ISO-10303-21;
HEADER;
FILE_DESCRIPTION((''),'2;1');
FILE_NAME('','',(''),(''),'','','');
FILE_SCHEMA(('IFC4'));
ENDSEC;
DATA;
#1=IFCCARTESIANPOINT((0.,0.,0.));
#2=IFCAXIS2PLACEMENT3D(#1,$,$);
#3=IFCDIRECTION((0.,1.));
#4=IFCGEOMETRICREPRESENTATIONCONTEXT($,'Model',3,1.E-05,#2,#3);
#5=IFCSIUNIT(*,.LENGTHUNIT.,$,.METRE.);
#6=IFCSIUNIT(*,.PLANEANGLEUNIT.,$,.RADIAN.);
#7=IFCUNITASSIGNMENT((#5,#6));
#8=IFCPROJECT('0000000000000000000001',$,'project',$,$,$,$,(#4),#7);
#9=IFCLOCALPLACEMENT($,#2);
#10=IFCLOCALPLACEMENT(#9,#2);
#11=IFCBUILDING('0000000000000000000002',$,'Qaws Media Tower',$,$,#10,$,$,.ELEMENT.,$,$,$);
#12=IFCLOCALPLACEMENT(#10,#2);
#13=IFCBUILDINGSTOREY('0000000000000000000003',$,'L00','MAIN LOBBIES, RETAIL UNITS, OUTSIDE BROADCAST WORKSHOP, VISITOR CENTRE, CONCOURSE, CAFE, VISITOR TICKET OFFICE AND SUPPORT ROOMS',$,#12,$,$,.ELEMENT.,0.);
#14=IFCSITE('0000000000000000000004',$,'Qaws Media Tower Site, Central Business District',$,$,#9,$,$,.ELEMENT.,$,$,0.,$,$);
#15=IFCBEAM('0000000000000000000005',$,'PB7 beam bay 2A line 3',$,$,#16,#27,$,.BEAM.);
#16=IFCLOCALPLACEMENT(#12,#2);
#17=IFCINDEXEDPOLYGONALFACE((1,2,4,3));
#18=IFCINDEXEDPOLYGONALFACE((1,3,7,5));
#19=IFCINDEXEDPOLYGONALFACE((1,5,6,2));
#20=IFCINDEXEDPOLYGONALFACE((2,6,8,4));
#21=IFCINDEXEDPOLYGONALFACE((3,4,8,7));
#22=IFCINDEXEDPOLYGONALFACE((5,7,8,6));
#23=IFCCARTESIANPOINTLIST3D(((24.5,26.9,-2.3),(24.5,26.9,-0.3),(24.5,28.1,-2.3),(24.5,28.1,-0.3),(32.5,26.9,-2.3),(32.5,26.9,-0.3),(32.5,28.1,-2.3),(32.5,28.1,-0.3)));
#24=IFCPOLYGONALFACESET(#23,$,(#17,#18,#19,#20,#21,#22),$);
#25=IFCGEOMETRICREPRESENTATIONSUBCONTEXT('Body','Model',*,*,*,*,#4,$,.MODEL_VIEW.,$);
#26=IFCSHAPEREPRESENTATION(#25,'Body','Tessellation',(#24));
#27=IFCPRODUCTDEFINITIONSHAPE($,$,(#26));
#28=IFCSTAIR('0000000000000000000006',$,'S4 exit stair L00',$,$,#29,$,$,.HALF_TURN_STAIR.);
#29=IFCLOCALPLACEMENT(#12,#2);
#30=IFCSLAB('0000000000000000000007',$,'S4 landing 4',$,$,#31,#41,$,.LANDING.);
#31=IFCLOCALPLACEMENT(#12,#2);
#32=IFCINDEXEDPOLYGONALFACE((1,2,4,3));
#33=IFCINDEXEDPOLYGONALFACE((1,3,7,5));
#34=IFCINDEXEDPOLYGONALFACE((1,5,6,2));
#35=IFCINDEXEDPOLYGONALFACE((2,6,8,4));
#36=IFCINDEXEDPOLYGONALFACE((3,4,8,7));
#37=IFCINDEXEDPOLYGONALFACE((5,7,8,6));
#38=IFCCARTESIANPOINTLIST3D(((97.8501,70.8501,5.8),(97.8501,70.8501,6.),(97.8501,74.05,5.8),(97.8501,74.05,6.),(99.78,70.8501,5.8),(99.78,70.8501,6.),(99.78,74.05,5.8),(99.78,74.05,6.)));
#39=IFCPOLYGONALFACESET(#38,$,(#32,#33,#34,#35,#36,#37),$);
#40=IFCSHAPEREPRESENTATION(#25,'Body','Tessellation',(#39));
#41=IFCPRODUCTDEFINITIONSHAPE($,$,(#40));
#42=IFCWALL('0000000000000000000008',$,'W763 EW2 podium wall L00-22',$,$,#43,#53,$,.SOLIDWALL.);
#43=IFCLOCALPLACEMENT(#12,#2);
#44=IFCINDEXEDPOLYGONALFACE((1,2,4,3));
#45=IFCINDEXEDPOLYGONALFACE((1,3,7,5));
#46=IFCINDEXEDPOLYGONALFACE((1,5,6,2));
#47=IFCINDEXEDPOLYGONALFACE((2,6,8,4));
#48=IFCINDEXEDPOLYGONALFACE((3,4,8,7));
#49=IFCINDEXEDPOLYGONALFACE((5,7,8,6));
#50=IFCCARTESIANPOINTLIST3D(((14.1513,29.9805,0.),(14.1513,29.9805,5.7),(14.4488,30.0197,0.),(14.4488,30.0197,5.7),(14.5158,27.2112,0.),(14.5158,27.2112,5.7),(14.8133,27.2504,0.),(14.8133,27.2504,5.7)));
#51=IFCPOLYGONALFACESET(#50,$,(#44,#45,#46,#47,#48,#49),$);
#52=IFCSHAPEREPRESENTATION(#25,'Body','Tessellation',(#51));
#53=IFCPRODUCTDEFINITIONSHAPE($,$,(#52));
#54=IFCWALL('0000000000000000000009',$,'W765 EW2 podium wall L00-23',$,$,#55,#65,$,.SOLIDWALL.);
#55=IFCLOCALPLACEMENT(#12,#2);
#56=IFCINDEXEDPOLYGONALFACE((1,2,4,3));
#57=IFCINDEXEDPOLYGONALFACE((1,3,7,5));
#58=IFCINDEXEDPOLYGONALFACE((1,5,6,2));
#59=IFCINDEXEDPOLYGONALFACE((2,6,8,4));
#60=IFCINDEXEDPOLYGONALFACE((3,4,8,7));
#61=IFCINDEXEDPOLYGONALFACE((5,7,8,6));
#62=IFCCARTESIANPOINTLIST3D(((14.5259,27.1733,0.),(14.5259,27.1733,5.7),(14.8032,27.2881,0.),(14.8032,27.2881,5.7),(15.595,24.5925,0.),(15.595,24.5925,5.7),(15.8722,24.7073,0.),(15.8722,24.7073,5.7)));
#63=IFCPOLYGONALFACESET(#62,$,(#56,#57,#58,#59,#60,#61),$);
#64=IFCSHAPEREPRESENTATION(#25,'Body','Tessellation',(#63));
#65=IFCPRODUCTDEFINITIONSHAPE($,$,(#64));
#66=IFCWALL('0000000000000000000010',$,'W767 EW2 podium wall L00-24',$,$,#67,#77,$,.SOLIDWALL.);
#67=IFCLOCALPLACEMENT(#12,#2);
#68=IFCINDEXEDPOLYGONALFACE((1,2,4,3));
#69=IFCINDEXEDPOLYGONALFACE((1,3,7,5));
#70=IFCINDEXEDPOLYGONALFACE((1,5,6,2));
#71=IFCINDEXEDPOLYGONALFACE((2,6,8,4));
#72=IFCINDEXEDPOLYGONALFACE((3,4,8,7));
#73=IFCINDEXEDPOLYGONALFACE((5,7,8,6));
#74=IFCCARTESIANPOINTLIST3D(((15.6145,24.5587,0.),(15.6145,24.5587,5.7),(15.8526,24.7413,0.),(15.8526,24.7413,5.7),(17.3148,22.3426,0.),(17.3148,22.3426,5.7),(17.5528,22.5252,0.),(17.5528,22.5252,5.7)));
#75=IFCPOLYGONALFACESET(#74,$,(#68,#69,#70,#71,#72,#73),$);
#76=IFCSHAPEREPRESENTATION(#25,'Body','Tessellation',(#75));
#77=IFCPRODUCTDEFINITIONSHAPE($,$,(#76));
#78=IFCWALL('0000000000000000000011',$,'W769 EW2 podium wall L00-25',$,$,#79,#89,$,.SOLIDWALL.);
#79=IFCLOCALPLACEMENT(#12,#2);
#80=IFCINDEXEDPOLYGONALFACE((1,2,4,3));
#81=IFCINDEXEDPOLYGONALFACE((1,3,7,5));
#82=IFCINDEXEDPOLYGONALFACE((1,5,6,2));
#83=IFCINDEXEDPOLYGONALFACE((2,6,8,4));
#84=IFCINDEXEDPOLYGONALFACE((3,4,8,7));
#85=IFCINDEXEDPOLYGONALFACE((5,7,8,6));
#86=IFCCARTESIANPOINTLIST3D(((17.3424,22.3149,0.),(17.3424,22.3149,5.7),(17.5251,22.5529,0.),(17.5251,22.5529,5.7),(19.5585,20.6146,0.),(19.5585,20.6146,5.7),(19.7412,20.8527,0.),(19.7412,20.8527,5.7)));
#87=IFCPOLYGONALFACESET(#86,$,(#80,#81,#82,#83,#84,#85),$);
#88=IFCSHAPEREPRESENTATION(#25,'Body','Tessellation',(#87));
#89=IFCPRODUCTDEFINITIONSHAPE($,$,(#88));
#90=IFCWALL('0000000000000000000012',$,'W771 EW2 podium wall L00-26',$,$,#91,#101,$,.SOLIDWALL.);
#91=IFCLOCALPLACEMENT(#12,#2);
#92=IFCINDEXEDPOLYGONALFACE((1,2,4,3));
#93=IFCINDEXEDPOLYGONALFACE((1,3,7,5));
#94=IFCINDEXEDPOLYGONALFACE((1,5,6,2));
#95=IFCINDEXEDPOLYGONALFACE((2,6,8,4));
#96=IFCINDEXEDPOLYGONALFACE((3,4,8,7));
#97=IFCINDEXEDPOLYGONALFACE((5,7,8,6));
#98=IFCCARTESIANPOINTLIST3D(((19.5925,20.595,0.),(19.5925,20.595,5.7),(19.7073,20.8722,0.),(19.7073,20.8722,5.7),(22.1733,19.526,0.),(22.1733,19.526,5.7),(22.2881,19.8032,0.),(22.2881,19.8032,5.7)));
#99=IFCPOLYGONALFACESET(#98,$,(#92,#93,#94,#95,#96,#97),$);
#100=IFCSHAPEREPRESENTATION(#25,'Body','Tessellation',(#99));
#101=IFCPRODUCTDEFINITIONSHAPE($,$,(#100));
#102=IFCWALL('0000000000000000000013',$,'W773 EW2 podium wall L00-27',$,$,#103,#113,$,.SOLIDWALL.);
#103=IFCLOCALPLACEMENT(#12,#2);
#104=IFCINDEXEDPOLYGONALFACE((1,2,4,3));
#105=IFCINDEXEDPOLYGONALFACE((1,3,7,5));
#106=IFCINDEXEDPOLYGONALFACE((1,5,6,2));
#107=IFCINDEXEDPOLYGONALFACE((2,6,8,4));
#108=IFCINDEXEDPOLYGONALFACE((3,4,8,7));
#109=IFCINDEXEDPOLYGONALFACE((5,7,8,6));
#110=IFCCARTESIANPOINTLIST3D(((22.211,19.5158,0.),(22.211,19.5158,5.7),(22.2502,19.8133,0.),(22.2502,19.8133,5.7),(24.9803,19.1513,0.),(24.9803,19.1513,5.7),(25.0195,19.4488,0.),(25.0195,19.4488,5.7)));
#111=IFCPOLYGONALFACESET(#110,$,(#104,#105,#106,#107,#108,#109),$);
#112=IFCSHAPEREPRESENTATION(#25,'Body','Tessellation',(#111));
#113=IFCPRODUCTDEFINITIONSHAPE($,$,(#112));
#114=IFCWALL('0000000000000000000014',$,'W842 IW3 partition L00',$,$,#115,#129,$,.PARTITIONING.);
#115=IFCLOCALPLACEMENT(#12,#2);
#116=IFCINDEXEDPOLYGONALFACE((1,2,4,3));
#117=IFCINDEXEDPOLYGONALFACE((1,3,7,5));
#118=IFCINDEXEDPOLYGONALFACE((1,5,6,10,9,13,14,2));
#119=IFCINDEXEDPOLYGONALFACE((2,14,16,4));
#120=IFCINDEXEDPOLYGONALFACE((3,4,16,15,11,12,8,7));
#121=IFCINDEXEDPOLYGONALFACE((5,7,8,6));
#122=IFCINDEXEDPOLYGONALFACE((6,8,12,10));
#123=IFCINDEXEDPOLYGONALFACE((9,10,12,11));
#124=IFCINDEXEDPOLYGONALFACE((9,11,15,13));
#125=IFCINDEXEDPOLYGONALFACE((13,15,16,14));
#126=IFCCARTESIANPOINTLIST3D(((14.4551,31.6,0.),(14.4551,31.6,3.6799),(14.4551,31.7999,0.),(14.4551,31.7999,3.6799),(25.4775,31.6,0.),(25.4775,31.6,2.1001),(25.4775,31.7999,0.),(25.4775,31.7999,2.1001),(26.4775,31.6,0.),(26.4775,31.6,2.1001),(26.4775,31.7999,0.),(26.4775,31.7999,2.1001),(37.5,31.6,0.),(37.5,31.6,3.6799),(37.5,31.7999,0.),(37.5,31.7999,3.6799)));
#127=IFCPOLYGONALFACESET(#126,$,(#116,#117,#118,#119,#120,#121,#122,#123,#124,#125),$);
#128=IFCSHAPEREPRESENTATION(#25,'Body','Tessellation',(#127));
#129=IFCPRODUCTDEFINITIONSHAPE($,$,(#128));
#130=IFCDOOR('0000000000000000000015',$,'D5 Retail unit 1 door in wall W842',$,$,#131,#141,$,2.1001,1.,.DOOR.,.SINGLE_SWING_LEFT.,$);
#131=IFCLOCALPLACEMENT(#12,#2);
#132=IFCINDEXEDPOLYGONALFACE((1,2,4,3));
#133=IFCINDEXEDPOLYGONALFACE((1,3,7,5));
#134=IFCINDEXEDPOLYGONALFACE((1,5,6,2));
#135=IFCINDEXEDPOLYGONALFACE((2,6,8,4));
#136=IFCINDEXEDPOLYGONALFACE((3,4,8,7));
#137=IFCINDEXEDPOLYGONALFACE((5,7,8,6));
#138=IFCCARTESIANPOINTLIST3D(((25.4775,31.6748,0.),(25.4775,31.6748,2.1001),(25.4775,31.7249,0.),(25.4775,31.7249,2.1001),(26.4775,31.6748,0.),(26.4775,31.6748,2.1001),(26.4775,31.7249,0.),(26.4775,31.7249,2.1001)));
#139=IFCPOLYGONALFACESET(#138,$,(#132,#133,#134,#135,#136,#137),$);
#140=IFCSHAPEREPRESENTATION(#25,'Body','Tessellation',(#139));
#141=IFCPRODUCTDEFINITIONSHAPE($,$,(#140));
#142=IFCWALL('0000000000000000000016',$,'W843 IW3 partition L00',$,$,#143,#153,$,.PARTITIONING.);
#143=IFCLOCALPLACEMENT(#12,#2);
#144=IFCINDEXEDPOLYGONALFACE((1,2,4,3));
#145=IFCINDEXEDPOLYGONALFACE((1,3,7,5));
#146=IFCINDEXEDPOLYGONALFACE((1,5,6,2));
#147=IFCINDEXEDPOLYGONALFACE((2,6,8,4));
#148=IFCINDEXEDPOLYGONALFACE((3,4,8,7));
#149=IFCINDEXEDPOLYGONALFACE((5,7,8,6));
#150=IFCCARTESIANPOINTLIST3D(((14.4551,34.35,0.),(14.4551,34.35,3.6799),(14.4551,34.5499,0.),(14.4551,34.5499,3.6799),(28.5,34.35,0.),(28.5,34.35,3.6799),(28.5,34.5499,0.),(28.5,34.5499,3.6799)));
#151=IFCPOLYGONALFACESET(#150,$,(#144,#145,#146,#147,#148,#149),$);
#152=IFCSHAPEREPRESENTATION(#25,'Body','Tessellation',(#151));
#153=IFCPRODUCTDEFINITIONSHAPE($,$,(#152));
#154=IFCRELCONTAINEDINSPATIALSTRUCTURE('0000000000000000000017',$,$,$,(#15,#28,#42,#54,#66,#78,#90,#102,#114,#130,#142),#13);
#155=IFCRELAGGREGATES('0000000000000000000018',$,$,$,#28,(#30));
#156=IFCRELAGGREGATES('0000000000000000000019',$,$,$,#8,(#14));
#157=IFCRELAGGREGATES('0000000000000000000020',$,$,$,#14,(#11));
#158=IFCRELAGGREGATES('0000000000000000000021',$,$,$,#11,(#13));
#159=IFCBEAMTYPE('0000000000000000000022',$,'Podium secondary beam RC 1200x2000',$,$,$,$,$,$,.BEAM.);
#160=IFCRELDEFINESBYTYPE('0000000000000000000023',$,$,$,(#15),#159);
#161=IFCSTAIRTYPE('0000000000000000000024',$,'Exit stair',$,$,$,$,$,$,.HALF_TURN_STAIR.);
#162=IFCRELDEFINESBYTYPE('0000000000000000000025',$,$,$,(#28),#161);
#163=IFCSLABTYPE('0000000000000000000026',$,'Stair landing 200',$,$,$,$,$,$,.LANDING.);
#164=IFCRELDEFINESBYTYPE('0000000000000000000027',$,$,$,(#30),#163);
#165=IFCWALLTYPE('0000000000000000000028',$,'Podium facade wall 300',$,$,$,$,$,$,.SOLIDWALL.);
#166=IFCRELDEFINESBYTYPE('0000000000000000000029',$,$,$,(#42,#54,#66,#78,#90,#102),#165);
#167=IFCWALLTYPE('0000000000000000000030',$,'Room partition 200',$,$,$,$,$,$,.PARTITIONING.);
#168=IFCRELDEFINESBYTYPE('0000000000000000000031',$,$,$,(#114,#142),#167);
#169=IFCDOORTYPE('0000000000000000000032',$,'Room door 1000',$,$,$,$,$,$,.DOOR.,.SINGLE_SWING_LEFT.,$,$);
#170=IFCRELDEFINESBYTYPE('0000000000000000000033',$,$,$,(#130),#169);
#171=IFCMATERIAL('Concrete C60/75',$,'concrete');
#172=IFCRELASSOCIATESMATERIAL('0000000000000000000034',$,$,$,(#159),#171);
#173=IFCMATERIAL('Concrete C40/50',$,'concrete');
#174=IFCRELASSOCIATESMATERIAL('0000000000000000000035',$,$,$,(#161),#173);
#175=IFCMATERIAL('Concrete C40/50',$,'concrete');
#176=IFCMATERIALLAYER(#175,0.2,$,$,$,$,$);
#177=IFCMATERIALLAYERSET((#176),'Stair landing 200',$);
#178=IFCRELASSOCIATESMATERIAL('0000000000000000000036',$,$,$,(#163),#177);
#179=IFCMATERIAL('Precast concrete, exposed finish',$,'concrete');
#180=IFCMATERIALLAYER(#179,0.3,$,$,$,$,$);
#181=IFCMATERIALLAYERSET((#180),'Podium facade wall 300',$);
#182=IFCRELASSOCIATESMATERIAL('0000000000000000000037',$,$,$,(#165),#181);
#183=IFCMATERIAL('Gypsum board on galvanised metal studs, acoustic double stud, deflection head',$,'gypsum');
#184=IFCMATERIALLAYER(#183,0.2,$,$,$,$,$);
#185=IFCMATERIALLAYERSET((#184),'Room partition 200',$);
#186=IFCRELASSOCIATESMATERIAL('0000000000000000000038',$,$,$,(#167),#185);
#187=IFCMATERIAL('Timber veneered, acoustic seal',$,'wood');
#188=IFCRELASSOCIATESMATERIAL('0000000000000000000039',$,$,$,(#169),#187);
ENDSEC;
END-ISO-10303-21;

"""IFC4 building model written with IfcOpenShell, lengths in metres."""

from ifc_helpers import new_model, si_unit, direction, frame, frame_2d, origin, origin_2d, place, context, subcontext, project, spatial, polyline, rectangle, outline, extrude, material, layer, layer_set, material_profile, profile_set, type_object, element, fill, aggregate, save


model = new_model("IFC4")

# Units and contexts
model_context = context("Model", 3, precision=1e-05, world=origin(), true_north=direction((0.0, 1.0)))
body_context = subcontext(model_context, "Body", "Model", "MODEL_VIEW")
ifc_project = project(units=[si_unit("LENGTHUNIT", "METRE"), si_unit("PLANEANGLEUNIT", "RADIAN")], contexts=[model_context])

# Site, building, storey
site_placement = place(None, origin())
site = spatial("IfcSite", under=ifc_project, at=site_placement, Name="Qaws Media Tower Site, Central Business District", CompositionType="ELEMENT", RefElevation=0.0)
building_placement = place(site_placement, origin())
building = spatial("IfcBuilding", under=site, at=building_placement, Name="Qaws Media Tower", CompositionType="ELEMENT")
storey_placement = place(building_placement, origin())
storey = spatial("IfcBuildingStorey", under=building, at=storey_placement, Name="L00", Description="MAIN LOBBIES, RETAIL UNITS, OUTSIDE BROADCAST WORKSHOP, VISITOR CENTRE, CONCOURSE, CAFE, VISITOR TICKET OFFICE AND SUPPORT ROOMS", CompositionType="ELEMENT", Elevation=0.0)

# Beam
ifc_material_1 = material(Name="Concrete C60/75", Category="concrete")
ifc_material_profile_1 = material_profile(ifc_material_1, rectangle(XDim=1.2, YDim=2.0, at=origin_2d()), Name="RC 1200x2000")
ifc_profile_set_1 = profile_set([ifc_material_profile_1], Name="Concrete C60/75")
beam_type_1 = type_object("IfcBeamType", Name="Podium secondary beam RC 1200x2000", PredefinedType="BEAM", material=ifc_profile_set_1)
for number, where, z_axis, x_axis, name in (
    (1, (24.5, 27.5, -1.3), (1.0, 0.0, 0.0), (0.0, 1.0, 0.0), "PB7 beam bay 2A line 3"),
):
    element("IfcBeam", number, at=place(storey_placement, frame(where, z_axis=z_axis, x_axis=x_axis)), inside=storey, type_object=beam_type_1, Name=name, PredefinedType="BEAM", context=body_context, shape_type="SweptSolid", body=[
        extrude(rectangle(XDim=1.2, YDim=2.0, at=origin_2d()), origin(), (0.0, 0.0, 1.0), 8.0),
    ])

# Stair, slab
ifc_material_2 = material(Name="Concrete C40/50", Category="concrete")
stair_type = type_object("IfcStairType", Name="Exit stair", PredefinedType="HALF_TURN_STAIR", material=ifc_material_2)
stair_placement = place(storey_placement, origin())
stair = element("IfcStair", 2, at=stair_placement, inside=storey, type_object=stair_type, Name="S4 exit stair L00", PredefinedType="HALF_TURN_STAIR")
ifc_material_3 = material(Name="Concrete C40/50", Category="concrete")
ifc_layer_1 = layer(ifc_material_3, 0.2)
ifc_layer_set_1 = layer_set([ifc_layer_1], Name="Stair landing 200")
slab_type = type_object("IfcSlabType", Name="Stair landing 200", PredefinedType="LANDING", material=ifc_layer_set_1)
slab_placement = place(storey_placement, frame((0.0, 0.0, 5.8)))
slab = element("IfcSlab", 3, at=slab_placement, type_object=slab_type, Name="S4 landing 4", PredefinedType="LANDING", context=body_context, shape_type="SweptSolid", body=[
    extrude(outline(polyline([(97.8501, 70.8501), (99.78, 70.8501), (99.78, 74.05), (97.8501, 74.05), (97.8501, 70.8501)])), origin(), (0.0, 0.0, 1.0), 0.2),
])
aggregate(stair, [slab])

# Walls
ifc_material_4 = material(Name="Precast concrete, exposed finish", Category="concrete")
ifc_layer_2 = layer(ifc_material_4, 0.3)
ifc_layer_set_2 = layer_set([ifc_layer_2], Name="Podium facade wall 300")
wall_type_1 = type_object("IfcWallType", Name="Podium facade wall 300", PredefinedType="SOLIDWALL", material=ifc_layer_set_2)
wall_1_placement = place(storey_placement, frame((14.3, 30.0, 0.0), z_axis=(0.0, 0.0, 1.0), x_axis=(0.130497, -0.991449, 0.0)))
element("IfcWall", 4, at=wall_1_placement, inside=storey, type_object=wall_type_1, Name="W763 EW2 podium wall L00-22", PredefinedType="SOLIDWALL", context=body_context, shape_type="SweptSolid", body=[
    extrude(rectangle(XDim=2.7932, YDim=0.3, at=frame_2d((1.3965, 0.0))), origin(), (0.0, 0.0, 1.0), 5.7),
])
wall_2_placement = place(storey_placement, frame((14.6646, 27.2307, 0.0), z_axis=(0.0, 0.0, 1.0), x_axis=(0.382709, -0.923869, 0.0)))
element("IfcWall", 5, at=wall_2_placement, inside=storey, type_object=wall_type_1, Name="W765 EW2 podium wall L00-23", PredefinedType="SOLIDWALL", context=body_context, shape_type="SweptSolid", body=[
    extrude(rectangle(XDim=2.7935, YDim=0.3, at=frame_2d((1.3967, 0.0))), origin(), (0.0, 0.0, 1.0), 5.7),
])
for number, where, z_axis, x_axis, name in (
    (6, (15.7336, 24.6499, 0.0), (0.0, 0.0, 1.0), (0.608705, -0.793397, 0.0), "W767 EW2 podium wall L00-24"),
    (7, (17.4338, 22.4338, 0.0), (0.0, 0.0, 1.0), (0.793397, -0.608705, 0.0), "W769 EW2 podium wall L00-25"),
):
    element("IfcWall", number, at=place(storey_placement, frame(where, z_axis=z_axis, x_axis=x_axis)), inside=storey, type_object=wall_type_1, Name=name, PredefinedType="SOLIDWALL", context=body_context, shape_type="SweptSolid", body=[
        extrude(rectangle(XDim=2.7932, YDim=0.3, at=frame_2d((1.3965, 0.0))), origin(), (0.0, 0.0, 1.0), 5.7),
    ])
wall_3_placement = place(storey_placement, frame((19.6499, 20.7336, 0.0), z_axis=(0.0, 0.0, 1.0), x_axis=(0.923869, -0.382709, 0.0)))
element("IfcWall", 8, at=wall_3_placement, inside=storey, type_object=wall_type_1, Name="W771 EW2 podium wall L00-26", PredefinedType="SOLIDWALL", context=body_context, shape_type="SweptSolid", body=[
    extrude(rectangle(XDim=2.7935, YDim=0.3, at=frame_2d((1.3967, 0.0))), origin(), (0.0, 0.0, 1.0), 5.7),
])
wall_4_placement = place(storey_placement, frame((22.2307, 19.6646, 0.0), z_axis=(0.0, 0.0, 1.0), x_axis=(0.991449, -0.130497, 0.0)))
element("IfcWall", 9, at=wall_4_placement, inside=storey, type_object=wall_type_1, Name="W773 EW2 podium wall L00-27", PredefinedType="SOLIDWALL", context=body_context, shape_type="SweptSolid", body=[
    extrude(rectangle(XDim=2.7932, YDim=0.3, at=frame_2d((1.3965, 0.0))), origin(), (0.0, 0.0, 1.0), 5.7),
])

# Wall, opening, door
ifc_material_5 = material(Name="Gypsum board on galvanised metal studs, acoustic double stud, deflection head", Category="gypsum")
ifc_layer_3 = layer(ifc_material_5, 0.2)
ifc_layer_set_3 = layer_set([ifc_layer_3], Name="Room partition 200")
wall_type_2 = type_object("IfcWallType", Name="Room partition 200", PredefinedType="PARTITIONING", material=ifc_layer_set_3)
wall_5_placement = place(storey_placement, frame((14.4551, 31.7, 0.0), z_axis=(0.0, 0.0, 1.0), x_axis=(1.0, 0.0, 0.0)))
wall_5 = element("IfcWall", 10, at=wall_5_placement, inside=storey, type_object=wall_type_2, Name="W842 IW3 partition L00", PredefinedType="PARTITIONING", context=body_context, shape_type="SweptSolid", body=[
    extrude(rectangle(XDim=23.0449, YDim=0.2, at=frame_2d((11.5225, 0.0))), origin(), (0.0, 0.0, 1.0), 3.6799),
])
opening_placement = place(wall_5_placement, frame((11.0225, 0.0, 0.0)))
opening = element("IfcOpeningElement", 11, at=opening_placement, cuts=wall_5, PredefinedType="OPENING", context=body_context, shape_type="SweptSolid", body=[
    extrude(rectangle(XDim=1.0, YDim=2.1001, at=frame_2d((0.5, 1.05))), frame((0.0, 0.1099, 0.0), z_axis=(0.0, -1.0, 0.0), x_axis=(1.0, 0.0, 0.0)), (0.0, 0.0, 1.0), 0.22),
])
ifc_material_6 = material(Name="Timber veneered, acoustic seal", Category="wood")
door_type = type_object("IfcDoorType", Name="Room door 1000", OperationType="SINGLE_SWING_LEFT", PredefinedType="DOOR", material=ifc_material_6)
door_placement = place(opening_placement, origin())
door = element("IfcDoor", 12, at=door_placement, inside=storey, type_object=door_type, Name="D5 Retail unit 1 door in wall W842", OperationType="SINGLE_SWING_LEFT", OverallHeight=2.1001, OverallWidth=1.0, PredefinedType="DOOR", context=body_context, shape_type="SweptSolid", body=[
    extrude(rectangle(XDim=1.0, YDim=2.1001, at=frame_2d((0.5, 1.05))), frame((0.0, 0.0249, 0.0), z_axis=(0.0, -1.0, 0.0), x_axis=(1.0, 0.0, 0.0)), (0.0, 0.0, 1.0), 0.05),
])
fill(opening, door)

# Wall
wall_6_placement = place(storey_placement, frame((14.4551, 34.45, 0.0), z_axis=(0.0, 0.0, 1.0), x_axis=(1.0, 0.0, 0.0)))
element("IfcWall", 13, at=wall_6_placement, inside=storey, type_object=wall_type_2, Name="W843 IW3 partition L00", PredefinedType="PARTITIONING", context=body_context, shape_type="SweptSolid", body=[
    extrude(rectangle(XDim=14.0449, YDim=0.2, at=frame_2d((7.0225, 0.0))), origin(), (0.0, 0.0, 1.0), 3.6799),
])

save(model, "model.ifc")
